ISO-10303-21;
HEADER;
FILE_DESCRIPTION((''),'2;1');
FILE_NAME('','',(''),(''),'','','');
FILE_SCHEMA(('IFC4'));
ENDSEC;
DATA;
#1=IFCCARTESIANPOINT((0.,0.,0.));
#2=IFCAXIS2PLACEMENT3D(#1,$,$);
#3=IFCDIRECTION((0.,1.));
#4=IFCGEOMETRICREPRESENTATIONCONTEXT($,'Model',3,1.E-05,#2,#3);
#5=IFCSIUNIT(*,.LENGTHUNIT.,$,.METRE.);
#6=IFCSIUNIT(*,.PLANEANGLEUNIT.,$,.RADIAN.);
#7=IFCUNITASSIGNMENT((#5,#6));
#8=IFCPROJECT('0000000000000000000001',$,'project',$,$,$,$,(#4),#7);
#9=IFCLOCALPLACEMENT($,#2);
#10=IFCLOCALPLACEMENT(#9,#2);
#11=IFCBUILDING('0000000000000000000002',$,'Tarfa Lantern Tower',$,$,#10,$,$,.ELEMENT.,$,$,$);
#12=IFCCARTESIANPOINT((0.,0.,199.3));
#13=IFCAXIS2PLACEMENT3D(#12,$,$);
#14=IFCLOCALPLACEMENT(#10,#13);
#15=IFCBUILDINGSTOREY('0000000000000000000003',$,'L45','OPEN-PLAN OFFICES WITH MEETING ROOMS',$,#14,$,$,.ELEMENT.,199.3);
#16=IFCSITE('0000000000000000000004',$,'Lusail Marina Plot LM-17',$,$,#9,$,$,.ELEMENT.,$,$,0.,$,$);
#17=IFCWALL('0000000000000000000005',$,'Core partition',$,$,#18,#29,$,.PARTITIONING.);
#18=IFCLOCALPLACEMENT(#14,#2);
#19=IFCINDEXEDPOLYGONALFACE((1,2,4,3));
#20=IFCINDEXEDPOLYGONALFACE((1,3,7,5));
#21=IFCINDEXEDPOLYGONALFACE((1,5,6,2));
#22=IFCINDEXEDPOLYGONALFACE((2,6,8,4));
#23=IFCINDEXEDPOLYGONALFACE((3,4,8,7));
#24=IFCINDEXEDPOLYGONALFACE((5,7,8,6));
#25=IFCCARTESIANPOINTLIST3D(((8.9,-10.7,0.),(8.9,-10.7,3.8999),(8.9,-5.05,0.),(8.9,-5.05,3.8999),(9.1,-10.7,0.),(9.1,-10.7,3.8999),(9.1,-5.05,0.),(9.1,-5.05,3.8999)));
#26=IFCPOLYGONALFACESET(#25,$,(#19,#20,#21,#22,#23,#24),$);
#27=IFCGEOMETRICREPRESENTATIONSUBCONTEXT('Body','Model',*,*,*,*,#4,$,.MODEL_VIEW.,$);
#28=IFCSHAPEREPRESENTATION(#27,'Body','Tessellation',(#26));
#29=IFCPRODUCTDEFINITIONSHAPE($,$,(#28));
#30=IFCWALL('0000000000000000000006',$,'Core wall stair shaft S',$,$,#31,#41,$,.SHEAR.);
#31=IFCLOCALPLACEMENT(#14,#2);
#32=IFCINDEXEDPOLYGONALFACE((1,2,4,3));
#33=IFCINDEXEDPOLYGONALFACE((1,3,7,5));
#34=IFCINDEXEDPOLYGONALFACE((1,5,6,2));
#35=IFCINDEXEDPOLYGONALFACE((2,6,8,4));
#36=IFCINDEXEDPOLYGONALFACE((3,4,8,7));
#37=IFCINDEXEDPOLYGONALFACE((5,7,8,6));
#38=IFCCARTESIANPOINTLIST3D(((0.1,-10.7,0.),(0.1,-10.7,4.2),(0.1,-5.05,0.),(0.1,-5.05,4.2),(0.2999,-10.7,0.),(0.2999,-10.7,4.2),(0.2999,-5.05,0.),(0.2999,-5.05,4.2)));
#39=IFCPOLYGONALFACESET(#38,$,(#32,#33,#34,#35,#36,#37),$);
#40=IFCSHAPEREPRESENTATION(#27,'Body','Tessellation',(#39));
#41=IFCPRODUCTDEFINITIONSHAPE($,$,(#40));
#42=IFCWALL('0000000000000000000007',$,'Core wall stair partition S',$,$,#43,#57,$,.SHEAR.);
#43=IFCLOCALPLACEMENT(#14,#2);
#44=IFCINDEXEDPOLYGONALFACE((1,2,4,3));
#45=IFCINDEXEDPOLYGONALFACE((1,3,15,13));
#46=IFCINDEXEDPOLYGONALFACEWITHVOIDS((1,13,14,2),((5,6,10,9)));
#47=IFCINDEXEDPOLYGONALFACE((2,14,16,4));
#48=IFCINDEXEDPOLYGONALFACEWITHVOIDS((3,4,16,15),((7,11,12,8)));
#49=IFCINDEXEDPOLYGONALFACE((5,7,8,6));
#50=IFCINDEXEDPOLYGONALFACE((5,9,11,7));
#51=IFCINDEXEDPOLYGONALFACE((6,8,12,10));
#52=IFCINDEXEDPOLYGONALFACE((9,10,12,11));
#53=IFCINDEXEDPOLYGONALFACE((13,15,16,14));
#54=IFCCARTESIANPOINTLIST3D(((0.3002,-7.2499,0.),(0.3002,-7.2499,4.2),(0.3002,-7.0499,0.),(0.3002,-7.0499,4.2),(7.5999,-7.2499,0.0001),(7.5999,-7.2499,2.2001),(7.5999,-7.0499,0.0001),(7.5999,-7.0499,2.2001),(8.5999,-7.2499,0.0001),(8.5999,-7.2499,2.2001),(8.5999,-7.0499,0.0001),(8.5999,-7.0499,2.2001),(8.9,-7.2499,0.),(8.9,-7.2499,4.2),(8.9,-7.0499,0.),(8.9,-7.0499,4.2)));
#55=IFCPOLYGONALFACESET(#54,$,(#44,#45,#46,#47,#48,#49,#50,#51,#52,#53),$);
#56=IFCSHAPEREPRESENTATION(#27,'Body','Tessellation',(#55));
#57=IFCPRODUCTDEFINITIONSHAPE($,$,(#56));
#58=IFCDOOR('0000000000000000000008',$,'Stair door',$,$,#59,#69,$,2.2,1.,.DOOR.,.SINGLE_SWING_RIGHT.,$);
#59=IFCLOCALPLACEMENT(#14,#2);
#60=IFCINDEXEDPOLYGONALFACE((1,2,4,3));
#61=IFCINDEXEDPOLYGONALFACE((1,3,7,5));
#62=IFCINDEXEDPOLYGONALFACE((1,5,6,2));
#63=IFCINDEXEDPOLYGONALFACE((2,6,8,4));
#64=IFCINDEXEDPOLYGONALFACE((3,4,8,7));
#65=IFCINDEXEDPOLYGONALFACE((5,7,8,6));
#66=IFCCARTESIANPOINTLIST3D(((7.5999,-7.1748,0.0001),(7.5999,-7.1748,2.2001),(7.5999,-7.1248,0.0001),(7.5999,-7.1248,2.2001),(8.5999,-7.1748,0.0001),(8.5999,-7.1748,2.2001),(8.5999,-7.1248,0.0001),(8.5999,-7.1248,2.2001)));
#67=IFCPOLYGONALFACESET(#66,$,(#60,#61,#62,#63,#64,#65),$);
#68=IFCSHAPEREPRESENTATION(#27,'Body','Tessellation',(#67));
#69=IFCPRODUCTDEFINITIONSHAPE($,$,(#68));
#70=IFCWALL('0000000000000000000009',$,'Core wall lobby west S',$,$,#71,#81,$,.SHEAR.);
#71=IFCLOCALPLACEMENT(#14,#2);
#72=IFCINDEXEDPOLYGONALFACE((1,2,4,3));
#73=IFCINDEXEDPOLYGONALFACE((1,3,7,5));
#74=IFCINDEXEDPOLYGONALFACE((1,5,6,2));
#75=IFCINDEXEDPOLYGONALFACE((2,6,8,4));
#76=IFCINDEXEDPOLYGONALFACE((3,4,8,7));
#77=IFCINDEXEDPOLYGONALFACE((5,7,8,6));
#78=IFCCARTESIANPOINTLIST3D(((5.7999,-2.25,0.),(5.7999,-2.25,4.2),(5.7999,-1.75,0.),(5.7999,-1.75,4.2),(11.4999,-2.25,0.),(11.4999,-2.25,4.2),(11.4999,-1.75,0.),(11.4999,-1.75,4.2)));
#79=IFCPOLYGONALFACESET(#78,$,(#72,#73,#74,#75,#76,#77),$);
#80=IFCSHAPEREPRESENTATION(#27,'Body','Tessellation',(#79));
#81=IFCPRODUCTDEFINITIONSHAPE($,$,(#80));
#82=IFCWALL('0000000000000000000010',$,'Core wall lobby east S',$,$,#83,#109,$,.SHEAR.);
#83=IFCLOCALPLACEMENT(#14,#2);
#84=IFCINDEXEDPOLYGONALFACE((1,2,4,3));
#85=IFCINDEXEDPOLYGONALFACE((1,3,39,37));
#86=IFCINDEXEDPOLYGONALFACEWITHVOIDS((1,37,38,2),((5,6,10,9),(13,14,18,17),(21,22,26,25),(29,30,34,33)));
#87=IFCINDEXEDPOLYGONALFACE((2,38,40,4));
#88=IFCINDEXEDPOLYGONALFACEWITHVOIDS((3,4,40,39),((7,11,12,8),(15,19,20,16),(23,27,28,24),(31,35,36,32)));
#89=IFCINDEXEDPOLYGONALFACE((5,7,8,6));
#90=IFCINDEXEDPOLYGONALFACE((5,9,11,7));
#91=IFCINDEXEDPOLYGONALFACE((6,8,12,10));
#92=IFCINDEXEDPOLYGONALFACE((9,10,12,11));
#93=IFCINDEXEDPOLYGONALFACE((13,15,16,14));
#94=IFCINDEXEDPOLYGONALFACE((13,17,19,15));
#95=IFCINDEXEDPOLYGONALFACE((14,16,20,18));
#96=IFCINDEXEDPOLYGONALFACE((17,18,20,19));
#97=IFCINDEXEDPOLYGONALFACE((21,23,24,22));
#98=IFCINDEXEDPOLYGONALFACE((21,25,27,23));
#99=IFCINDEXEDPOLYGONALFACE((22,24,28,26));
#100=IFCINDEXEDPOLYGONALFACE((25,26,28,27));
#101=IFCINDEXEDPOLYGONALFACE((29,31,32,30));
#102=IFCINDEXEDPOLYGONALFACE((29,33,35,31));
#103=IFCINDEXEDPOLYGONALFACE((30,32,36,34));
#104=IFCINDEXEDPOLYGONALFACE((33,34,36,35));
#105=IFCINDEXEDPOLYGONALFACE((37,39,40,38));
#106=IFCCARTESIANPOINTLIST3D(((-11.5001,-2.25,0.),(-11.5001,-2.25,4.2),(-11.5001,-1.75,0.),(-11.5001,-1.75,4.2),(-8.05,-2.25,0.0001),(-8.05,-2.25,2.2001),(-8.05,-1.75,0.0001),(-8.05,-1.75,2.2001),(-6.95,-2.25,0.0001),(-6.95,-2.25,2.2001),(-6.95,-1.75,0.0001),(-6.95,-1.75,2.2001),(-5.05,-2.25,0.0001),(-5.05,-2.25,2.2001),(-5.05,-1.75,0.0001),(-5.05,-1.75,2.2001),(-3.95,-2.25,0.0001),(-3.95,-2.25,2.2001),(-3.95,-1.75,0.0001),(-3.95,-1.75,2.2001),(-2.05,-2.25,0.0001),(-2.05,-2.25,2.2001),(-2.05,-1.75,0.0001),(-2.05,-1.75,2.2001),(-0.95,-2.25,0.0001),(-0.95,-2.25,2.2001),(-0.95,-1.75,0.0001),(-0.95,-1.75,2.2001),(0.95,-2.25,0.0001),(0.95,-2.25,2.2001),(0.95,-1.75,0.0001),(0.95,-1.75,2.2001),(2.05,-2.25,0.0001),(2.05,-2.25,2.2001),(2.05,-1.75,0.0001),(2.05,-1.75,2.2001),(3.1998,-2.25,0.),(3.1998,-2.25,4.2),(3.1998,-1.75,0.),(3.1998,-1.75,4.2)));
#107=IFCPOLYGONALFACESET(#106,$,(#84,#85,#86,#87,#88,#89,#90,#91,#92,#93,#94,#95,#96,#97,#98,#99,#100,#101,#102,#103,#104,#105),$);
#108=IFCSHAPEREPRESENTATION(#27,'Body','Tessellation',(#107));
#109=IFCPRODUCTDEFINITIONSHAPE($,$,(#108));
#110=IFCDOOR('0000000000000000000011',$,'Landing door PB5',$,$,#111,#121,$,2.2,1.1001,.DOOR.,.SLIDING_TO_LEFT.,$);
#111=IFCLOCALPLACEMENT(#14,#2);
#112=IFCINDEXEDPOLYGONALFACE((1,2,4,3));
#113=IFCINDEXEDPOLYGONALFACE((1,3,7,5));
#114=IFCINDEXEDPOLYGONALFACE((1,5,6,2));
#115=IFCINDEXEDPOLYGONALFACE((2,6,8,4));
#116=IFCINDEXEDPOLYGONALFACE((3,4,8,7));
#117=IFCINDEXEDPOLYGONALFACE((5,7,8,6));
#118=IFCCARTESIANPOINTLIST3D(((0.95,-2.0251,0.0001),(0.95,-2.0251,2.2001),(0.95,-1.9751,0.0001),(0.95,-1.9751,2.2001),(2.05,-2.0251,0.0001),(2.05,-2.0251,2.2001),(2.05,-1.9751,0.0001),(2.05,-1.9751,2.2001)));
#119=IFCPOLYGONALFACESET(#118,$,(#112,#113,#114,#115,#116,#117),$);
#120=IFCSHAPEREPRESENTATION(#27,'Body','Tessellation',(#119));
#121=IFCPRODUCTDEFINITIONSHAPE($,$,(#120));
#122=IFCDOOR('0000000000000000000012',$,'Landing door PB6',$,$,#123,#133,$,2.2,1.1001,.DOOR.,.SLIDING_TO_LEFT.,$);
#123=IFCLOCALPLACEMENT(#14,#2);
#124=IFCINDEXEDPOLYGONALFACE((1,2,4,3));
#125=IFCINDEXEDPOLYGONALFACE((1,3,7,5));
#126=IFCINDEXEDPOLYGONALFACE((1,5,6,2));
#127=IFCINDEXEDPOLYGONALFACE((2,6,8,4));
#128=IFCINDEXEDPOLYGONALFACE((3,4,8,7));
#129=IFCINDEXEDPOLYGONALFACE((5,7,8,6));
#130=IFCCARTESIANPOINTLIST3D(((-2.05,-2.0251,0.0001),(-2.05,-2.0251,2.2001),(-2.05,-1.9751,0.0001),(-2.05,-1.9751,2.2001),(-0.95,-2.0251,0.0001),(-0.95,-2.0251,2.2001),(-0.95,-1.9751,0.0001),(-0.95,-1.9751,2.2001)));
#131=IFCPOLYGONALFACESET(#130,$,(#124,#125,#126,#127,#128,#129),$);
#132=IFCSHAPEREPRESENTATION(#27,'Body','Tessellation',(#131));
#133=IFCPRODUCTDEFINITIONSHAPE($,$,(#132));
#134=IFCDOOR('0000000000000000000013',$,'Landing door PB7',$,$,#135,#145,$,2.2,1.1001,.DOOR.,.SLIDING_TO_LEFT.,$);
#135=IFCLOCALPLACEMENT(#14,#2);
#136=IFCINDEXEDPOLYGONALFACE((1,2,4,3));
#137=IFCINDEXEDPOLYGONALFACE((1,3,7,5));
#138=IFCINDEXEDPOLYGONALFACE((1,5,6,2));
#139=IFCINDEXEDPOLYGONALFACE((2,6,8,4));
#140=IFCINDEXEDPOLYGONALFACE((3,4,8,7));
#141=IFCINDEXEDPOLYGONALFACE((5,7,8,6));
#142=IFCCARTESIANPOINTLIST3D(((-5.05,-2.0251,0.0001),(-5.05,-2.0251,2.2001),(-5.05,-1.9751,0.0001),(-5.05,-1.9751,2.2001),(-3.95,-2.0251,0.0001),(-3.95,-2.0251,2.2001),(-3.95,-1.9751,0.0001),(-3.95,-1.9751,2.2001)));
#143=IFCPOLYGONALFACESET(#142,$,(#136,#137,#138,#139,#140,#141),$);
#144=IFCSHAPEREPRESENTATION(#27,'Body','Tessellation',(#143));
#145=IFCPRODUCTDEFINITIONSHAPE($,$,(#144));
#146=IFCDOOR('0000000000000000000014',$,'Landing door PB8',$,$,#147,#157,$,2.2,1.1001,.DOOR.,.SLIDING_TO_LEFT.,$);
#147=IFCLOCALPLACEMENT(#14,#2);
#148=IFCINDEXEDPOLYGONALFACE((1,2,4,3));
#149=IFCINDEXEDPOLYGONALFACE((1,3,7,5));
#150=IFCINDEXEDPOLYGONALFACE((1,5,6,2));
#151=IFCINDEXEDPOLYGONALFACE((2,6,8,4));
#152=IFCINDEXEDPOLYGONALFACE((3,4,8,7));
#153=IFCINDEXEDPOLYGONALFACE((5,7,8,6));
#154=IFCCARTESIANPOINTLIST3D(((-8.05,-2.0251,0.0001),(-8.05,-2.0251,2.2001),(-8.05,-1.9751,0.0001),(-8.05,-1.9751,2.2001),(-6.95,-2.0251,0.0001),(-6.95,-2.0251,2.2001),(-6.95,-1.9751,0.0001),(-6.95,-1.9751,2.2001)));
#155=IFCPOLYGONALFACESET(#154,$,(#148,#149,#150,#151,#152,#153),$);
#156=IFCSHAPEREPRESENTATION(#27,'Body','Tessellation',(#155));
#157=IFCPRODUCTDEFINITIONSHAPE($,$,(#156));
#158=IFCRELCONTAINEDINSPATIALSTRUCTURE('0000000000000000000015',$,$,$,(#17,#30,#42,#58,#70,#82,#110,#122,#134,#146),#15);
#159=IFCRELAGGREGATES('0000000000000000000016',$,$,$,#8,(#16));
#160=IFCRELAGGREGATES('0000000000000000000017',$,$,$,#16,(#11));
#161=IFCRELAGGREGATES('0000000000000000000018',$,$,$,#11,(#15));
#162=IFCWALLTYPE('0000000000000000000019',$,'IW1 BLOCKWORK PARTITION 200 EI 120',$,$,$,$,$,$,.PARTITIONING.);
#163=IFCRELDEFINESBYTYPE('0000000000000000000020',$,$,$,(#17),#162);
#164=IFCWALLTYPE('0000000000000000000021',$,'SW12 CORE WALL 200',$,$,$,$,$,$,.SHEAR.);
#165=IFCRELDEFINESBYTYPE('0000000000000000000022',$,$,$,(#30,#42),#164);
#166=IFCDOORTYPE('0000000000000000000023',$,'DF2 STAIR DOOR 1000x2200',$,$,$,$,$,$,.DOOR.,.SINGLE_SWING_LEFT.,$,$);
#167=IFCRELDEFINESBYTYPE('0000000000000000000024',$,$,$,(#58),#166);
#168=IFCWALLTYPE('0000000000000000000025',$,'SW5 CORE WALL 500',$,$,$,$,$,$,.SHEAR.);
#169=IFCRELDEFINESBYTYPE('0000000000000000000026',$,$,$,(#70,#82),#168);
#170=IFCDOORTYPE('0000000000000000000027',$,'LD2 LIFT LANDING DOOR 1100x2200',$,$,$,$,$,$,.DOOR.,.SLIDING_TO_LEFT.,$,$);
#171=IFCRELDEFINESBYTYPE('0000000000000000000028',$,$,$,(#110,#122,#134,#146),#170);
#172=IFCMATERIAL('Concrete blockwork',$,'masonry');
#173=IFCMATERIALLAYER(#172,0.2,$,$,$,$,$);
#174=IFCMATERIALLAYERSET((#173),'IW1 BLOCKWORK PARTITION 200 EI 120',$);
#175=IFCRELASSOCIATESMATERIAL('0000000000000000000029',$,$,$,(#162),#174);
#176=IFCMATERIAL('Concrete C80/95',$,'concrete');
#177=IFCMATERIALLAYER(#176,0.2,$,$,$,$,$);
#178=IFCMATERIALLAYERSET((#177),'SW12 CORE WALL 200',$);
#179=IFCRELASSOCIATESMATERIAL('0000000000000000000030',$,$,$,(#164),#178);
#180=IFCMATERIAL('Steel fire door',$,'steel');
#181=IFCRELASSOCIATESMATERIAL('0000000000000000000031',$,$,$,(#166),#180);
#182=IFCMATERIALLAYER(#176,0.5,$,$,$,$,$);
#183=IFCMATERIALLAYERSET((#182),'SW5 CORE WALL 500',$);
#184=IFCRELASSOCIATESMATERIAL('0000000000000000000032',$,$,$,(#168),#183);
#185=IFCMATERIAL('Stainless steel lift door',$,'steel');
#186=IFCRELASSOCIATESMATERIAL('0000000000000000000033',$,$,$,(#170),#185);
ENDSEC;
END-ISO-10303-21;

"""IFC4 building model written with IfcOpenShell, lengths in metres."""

from ifc_helpers import new_model, si_unit, direction, frame, frame_2d, origin, place, context, subcontext, project, spatial, rectangle, extrude, material, layer, layer_set, type_object, element, fill, save


model = new_model("IFC4")

# Units and contexts
model_context = context("Model", 3, precision=1e-05, world=origin(), true_north=direction((0.0, 1.0)))
body_context = subcontext(model_context, "Body", "Model", "MODEL_VIEW")
ifc_project = project(units=[si_unit("LENGTHUNIT", "METRE"), si_unit("PLANEANGLEUNIT", "RADIAN")], contexts=[model_context])

# Site, building, storey
site_placement = place(None, origin())
site = spatial("IfcSite", under=ifc_project, at=site_placement, Name="Lusail Marina Plot LM-17", CompositionType="ELEMENT", RefElevation=0.0)
building_placement = place(site_placement, origin())
building = spatial("IfcBuilding", under=site, at=building_placement, Name="Tarfa Lantern Tower", CompositionType="ELEMENT")
storey_placement = place(building_placement, frame((0.0, 0.0, 199.3)))
storey = spatial("IfcBuildingStorey", under=building, at=storey_placement, Name="L45", Description="OPEN-PLAN OFFICES WITH MEETING ROOMS", CompositionType="ELEMENT", Elevation=199.3)

# Walls
ifc_material_1 = material(Name="Concrete blockwork", Category="masonry")
ifc_layer_1 = layer(ifc_material_1, 0.2)
ifc_layer_set_1 = layer_set([ifc_layer_1], Name="IW1 BLOCKWORK PARTITION 200 EI 120")
wall_type_1 = type_object("IfcWallType", Name="IW1 BLOCKWORK PARTITION 200 EI 120", PredefinedType="PARTITIONING", material=ifc_layer_set_1)
wall_1_placement = place(storey_placement, frame((9.0, -5.05, 0.0), z_axis=(0.0, 0.0, 1.0), x_axis=(0.0, -1.0, 0.0)))
element("IfcWall", 1, at=wall_1_placement, inside=storey, type_object=wall_type_1, Name="Core partition", PredefinedType="PARTITIONING", context=body_context, shape_type="SweptSolid", body=[
    extrude(rectangle(XDim=5.6499, YDim=0.2, at=frame_2d((2.825, 0.0))), origin(), (0.0, 0.0, 1.0), 3.8999),
])
ifc_material_2 = material(Name="Concrete C80/95", Category="concrete")
ifc_layer_2 = layer(ifc_material_2, 0.2)
ifc_layer_set_2 = layer_set([ifc_layer_2], Name="SW12 CORE WALL 200")
wall_type_2 = type_object("IfcWallType", Name="SW12 CORE WALL 200", PredefinedType="SHEAR", material=ifc_layer_set_2)
wall_2_placement = place(storey_placement, frame((0.2, -5.05, 0.0), z_axis=(0.0, 0.0, 1.0), x_axis=(0.0, -1.0, 0.0)))
element("IfcWall", 2, at=wall_2_placement, inside=storey, type_object=wall_type_2, Name="Core wall stair shaft S", PredefinedType="SHEAR", context=body_context, shape_type="SweptSolid", body=[
    extrude(rectangle(XDim=5.6499, YDim=0.2, at=frame_2d((2.825, 0.0))), origin(), (0.0, 0.0, 1.0), 4.2),
])

# Wall, opening, door
wall_3_placement = place(storey_placement, frame((8.8999, -7.1499, 0.0), z_axis=(0.0, 0.0, 1.0), x_axis=(-1.0, 0.0, 0.0)))
wall_3 = element("IfcWall", 3, at=wall_3_placement, inside=storey, type_object=wall_type_2, Name="Core wall stair partition S", PredefinedType="SHEAR", context=body_context, shape_type="SweptSolid", body=[
    extrude(rectangle(XDim=8.5999, YDim=0.2, at=frame_2d((4.2998, 0.0))), origin(), (0.0, 0.0, 1.0), 4.2),
])
opening_1_placement = place(wall_3_placement, frame((0.3, 0.0, 0.0)))
opening_1 = element("IfcOpeningElement", 4, at=opening_1_placement, cuts=wall_3, PredefinedType="OPENING", context=body_context, shape_type="SweptSolid", body=[
    extrude(rectangle(XDim=1.0, YDim=2.2, at=frame_2d((0.5, 1.1001))), frame((0.0, 0.1099, 0.0), z_axis=(0.0, -1.0, 0.0), x_axis=(1.0, 0.0, 0.0)), (0.0, 0.0, 1.0), 0.22),
])
ifc_material_3 = material(Name="Steel fire door", Category="steel")
door_type_1 = type_object("IfcDoorType", Name="DF2 STAIR DOOR 1000x2200", OperationType="SINGLE_SWING_LEFT", PredefinedType="DOOR", material=ifc_material_3)
door_1_placement = place(opening_1_placement, origin())
door_1 = element("IfcDoor", 5, at=door_1_placement, inside=storey, type_object=door_type_1, Name="Stair door", OperationType="SINGLE_SWING_RIGHT", OverallHeight=2.2, OverallWidth=1.0, PredefinedType="DOOR", context=body_context, shape_type="SweptSolid", body=[
    extrude(rectangle(XDim=1.0, YDim=2.2, at=frame_2d((0.5, 1.1001))), frame((0.0, 0.0249, 0.0), z_axis=(0.0, -1.0, 0.0), x_axis=(1.0, 0.0, 0.0)), (0.0, 0.0, 1.0), 0.05),
])
fill(opening_1, door_1)

# Wall
ifc_layer_3 = layer(ifc_material_2, 0.5)
ifc_layer_set_3 = layer_set([ifc_layer_3], Name="SW5 CORE WALL 500")
wall_type_3 = type_object("IfcWallType", Name="SW5 CORE WALL 500", PredefinedType="SHEAR", material=ifc_layer_set_3)
wall_4_placement = place(storey_placement, frame((11.5, -2.0, 0.0), z_axis=(0.0, 0.0, 1.0), x_axis=(-1.0, 0.0, 0.0)))
element("IfcWall", 6, at=wall_4_placement, inside=storey, type_object=wall_type_3, Name="Core wall lobby west S", PredefinedType="SHEAR", context=body_context, shape_type="SweptSolid", body=[
    extrude(rectangle(XDim=5.7, YDim=0.5, at=frame_2d((2.8501, 0.0))), origin(), (0.0, 0.0, 1.0), 4.2),
])

# Wall, openings, doors
wall_5_placement = place(storey_placement, frame((3.2, -2.0, 0.0), z_axis=(0.0, 0.0, 1.0), x_axis=(-1.0, 0.0, 0.0)))
wall_5 = element("IfcWall", 7, at=wall_5_placement, inside=storey, type_object=wall_type_3, Name="Core wall lobby east S", PredefinedType="SHEAR", context=body_context, shape_type="SweptSolid", body=[
    extrude(rectangle(XDim=14.7, YDim=0.5, at=frame_2d((7.3501, 0.0))), origin(), (0.0, 0.0, 1.0), 4.2),
])
opening_2_placement = place(wall_5_placement, frame((1.1499, 0.0, 0.0)))
opening_2 = element("IfcOpeningElement", 8, at=opening_2_placement, cuts=wall_5, PredefinedType="OPENING", context=body_context, shape_type="SweptSolid", body=[
    extrude(rectangle(XDim=1.1001, YDim=2.2, at=frame_2d((0.55, 1.1001))), frame((0.0, 0.26, 0.0), z_axis=(0.0, -1.0, 0.0), x_axis=(1.0, 0.0, 0.0)), (0.0, 0.0, 1.0), 0.52),
])
opening_3_placement = place(wall_5_placement, frame((4.1499, 0.0, 0.0)))
opening_3 = element("IfcOpeningElement", 9, at=opening_3_placement, cuts=wall_5, PredefinedType="OPENING", context=body_context, shape_type="SweptSolid", body=[
    extrude(rectangle(XDim=1.1001, YDim=2.2, at=frame_2d((0.55, 1.1001))), frame((0.0, 0.26, 0.0), z_axis=(0.0, -1.0, 0.0), x_axis=(1.0, 0.0, 0.0)), (0.0, 0.0, 1.0), 0.52),
])
opening_4_placement = place(wall_5_placement, frame((7.1499, 0.0, 0.0)))
opening_4 = element("IfcOpeningElement", 10, at=opening_4_placement, cuts=wall_5, PredefinedType="OPENING", context=body_context, shape_type="SweptSolid", body=[
    extrude(rectangle(XDim=1.1001, YDim=2.2, at=frame_2d((0.55, 1.1001))), frame((0.0, 0.26, 0.0), z_axis=(0.0, -1.0, 0.0), x_axis=(1.0, 0.0, 0.0)), (0.0, 0.0, 1.0), 0.52),
])
opening_5_placement = place(wall_5_placement, frame((10.1499, 0.0, 0.0)))
opening_5 = element("IfcOpeningElement", 11, at=opening_5_placement, cuts=wall_5, PredefinedType="OPENING", context=body_context, shape_type="SweptSolid", body=[
    extrude(rectangle(XDim=1.1001, YDim=2.2, at=frame_2d((0.55, 1.1001))), frame((0.0, 0.26, 0.0), z_axis=(0.0, -1.0, 0.0), x_axis=(1.0, 0.0, 0.0)), (0.0, 0.0, 1.0), 0.52),
])
ifc_material_4 = material(Name="Stainless steel lift door", Category="steel")
door_type_2 = type_object("IfcDoorType", Name="LD2 LIFT LANDING DOOR 1100x2200", OperationType="SLIDING_TO_LEFT", PredefinedType="DOOR", material=ifc_material_4)
door_2_placement = place(opening_2_placement, frame((1.1001, 0.0, 0.0), z_axis=(0.0, 0.0, 1.0), x_axis=(-1.0, 0.0, 0.0)))
door_2 = element("IfcDoor", 12, at=door_2_placement, inside=storey, type_object=door_type_2, Name="Landing door PB5", OperationType="SLIDING_TO_LEFT", OverallHeight=2.2, OverallWidth=1.1001, PredefinedType="DOOR", context=body_context, shape_type="SweptSolid", body=[
    extrude(rectangle(XDim=1.1001, YDim=2.2, at=frame_2d((0.55, 1.1001))), frame((0.0, 0.0249, 0.0), z_axis=(0.0, -1.0, 0.0), x_axis=(1.0, 0.0, 0.0)), (0.0, 0.0, 1.0), 0.05),
])
fill(opening_2, door_2)
door_3_placement = place(opening_3_placement, frame((1.1001, 0.0, 0.0), z_axis=(0.0, 0.0, 1.0), x_axis=(-1.0, 0.0, 0.0)))
door_3 = element("IfcDoor", 13, at=door_3_placement, inside=storey, type_object=door_type_2, Name="Landing door PB6", OperationType="SLIDING_TO_LEFT", OverallHeight=2.2, OverallWidth=1.1001, PredefinedType="DOOR", context=body_context, shape_type="SweptSolid", body=[
    extrude(rectangle(XDim=1.1001, YDim=2.2, at=frame_2d((0.55, 1.1001))), frame((0.0, 0.0249, 0.0), z_axis=(0.0, -1.0, 0.0), x_axis=(1.0, 0.0, 0.0)), (0.0, 0.0, 1.0), 0.05),
])
fill(opening_3, door_3)
door_4_placement = place(opening_4_placement, frame((1.1001, 0.0, 0.0), z_axis=(0.0, 0.0, 1.0), x_axis=(-1.0, 0.0, 0.0)))
door_4 = element("IfcDoor", 14, at=door_4_placement, inside=storey, type_object=door_type_2, Name="Landing door PB7", OperationType="SLIDING_TO_LEFT", OverallHeight=2.2, OverallWidth=1.1001, PredefinedType="DOOR", context=body_context, shape_type="SweptSolid", body=[
    extrude(rectangle(XDim=1.1001, YDim=2.2, at=frame_2d((0.55, 1.1001))), frame((0.0, 0.0249, 0.0), z_axis=(0.0, -1.0, 0.0), x_axis=(1.0, 0.0, 0.0)), (0.0, 0.0, 1.0), 0.05),
])
fill(opening_4, door_4)
door_5_placement = place(opening_5_placement, frame((1.1001, 0.0, 0.0), z_axis=(0.0, 0.0, 1.0), x_axis=(-1.0, 0.0, 0.0)))
door_5 = element("IfcDoor", 15, at=door_5_placement, inside=storey, type_object=door_type_2, Name="Landing door PB8", OperationType="SLIDING_TO_LEFT", OverallHeight=2.2, OverallWidth=1.1001, PredefinedType="DOOR", context=body_context, shape_type="SweptSolid", body=[
    extrude(rectangle(XDim=1.1001, YDim=2.2, at=frame_2d((0.55, 1.1001))), frame((0.0, 0.0249, 0.0), z_axis=(0.0, -1.0, 0.0), x_axis=(1.0, 0.0, 0.0)), (0.0, 0.0, 1.0), 0.05),
])
fill(opening_5, door_5)

save(model, "model.ifc")
